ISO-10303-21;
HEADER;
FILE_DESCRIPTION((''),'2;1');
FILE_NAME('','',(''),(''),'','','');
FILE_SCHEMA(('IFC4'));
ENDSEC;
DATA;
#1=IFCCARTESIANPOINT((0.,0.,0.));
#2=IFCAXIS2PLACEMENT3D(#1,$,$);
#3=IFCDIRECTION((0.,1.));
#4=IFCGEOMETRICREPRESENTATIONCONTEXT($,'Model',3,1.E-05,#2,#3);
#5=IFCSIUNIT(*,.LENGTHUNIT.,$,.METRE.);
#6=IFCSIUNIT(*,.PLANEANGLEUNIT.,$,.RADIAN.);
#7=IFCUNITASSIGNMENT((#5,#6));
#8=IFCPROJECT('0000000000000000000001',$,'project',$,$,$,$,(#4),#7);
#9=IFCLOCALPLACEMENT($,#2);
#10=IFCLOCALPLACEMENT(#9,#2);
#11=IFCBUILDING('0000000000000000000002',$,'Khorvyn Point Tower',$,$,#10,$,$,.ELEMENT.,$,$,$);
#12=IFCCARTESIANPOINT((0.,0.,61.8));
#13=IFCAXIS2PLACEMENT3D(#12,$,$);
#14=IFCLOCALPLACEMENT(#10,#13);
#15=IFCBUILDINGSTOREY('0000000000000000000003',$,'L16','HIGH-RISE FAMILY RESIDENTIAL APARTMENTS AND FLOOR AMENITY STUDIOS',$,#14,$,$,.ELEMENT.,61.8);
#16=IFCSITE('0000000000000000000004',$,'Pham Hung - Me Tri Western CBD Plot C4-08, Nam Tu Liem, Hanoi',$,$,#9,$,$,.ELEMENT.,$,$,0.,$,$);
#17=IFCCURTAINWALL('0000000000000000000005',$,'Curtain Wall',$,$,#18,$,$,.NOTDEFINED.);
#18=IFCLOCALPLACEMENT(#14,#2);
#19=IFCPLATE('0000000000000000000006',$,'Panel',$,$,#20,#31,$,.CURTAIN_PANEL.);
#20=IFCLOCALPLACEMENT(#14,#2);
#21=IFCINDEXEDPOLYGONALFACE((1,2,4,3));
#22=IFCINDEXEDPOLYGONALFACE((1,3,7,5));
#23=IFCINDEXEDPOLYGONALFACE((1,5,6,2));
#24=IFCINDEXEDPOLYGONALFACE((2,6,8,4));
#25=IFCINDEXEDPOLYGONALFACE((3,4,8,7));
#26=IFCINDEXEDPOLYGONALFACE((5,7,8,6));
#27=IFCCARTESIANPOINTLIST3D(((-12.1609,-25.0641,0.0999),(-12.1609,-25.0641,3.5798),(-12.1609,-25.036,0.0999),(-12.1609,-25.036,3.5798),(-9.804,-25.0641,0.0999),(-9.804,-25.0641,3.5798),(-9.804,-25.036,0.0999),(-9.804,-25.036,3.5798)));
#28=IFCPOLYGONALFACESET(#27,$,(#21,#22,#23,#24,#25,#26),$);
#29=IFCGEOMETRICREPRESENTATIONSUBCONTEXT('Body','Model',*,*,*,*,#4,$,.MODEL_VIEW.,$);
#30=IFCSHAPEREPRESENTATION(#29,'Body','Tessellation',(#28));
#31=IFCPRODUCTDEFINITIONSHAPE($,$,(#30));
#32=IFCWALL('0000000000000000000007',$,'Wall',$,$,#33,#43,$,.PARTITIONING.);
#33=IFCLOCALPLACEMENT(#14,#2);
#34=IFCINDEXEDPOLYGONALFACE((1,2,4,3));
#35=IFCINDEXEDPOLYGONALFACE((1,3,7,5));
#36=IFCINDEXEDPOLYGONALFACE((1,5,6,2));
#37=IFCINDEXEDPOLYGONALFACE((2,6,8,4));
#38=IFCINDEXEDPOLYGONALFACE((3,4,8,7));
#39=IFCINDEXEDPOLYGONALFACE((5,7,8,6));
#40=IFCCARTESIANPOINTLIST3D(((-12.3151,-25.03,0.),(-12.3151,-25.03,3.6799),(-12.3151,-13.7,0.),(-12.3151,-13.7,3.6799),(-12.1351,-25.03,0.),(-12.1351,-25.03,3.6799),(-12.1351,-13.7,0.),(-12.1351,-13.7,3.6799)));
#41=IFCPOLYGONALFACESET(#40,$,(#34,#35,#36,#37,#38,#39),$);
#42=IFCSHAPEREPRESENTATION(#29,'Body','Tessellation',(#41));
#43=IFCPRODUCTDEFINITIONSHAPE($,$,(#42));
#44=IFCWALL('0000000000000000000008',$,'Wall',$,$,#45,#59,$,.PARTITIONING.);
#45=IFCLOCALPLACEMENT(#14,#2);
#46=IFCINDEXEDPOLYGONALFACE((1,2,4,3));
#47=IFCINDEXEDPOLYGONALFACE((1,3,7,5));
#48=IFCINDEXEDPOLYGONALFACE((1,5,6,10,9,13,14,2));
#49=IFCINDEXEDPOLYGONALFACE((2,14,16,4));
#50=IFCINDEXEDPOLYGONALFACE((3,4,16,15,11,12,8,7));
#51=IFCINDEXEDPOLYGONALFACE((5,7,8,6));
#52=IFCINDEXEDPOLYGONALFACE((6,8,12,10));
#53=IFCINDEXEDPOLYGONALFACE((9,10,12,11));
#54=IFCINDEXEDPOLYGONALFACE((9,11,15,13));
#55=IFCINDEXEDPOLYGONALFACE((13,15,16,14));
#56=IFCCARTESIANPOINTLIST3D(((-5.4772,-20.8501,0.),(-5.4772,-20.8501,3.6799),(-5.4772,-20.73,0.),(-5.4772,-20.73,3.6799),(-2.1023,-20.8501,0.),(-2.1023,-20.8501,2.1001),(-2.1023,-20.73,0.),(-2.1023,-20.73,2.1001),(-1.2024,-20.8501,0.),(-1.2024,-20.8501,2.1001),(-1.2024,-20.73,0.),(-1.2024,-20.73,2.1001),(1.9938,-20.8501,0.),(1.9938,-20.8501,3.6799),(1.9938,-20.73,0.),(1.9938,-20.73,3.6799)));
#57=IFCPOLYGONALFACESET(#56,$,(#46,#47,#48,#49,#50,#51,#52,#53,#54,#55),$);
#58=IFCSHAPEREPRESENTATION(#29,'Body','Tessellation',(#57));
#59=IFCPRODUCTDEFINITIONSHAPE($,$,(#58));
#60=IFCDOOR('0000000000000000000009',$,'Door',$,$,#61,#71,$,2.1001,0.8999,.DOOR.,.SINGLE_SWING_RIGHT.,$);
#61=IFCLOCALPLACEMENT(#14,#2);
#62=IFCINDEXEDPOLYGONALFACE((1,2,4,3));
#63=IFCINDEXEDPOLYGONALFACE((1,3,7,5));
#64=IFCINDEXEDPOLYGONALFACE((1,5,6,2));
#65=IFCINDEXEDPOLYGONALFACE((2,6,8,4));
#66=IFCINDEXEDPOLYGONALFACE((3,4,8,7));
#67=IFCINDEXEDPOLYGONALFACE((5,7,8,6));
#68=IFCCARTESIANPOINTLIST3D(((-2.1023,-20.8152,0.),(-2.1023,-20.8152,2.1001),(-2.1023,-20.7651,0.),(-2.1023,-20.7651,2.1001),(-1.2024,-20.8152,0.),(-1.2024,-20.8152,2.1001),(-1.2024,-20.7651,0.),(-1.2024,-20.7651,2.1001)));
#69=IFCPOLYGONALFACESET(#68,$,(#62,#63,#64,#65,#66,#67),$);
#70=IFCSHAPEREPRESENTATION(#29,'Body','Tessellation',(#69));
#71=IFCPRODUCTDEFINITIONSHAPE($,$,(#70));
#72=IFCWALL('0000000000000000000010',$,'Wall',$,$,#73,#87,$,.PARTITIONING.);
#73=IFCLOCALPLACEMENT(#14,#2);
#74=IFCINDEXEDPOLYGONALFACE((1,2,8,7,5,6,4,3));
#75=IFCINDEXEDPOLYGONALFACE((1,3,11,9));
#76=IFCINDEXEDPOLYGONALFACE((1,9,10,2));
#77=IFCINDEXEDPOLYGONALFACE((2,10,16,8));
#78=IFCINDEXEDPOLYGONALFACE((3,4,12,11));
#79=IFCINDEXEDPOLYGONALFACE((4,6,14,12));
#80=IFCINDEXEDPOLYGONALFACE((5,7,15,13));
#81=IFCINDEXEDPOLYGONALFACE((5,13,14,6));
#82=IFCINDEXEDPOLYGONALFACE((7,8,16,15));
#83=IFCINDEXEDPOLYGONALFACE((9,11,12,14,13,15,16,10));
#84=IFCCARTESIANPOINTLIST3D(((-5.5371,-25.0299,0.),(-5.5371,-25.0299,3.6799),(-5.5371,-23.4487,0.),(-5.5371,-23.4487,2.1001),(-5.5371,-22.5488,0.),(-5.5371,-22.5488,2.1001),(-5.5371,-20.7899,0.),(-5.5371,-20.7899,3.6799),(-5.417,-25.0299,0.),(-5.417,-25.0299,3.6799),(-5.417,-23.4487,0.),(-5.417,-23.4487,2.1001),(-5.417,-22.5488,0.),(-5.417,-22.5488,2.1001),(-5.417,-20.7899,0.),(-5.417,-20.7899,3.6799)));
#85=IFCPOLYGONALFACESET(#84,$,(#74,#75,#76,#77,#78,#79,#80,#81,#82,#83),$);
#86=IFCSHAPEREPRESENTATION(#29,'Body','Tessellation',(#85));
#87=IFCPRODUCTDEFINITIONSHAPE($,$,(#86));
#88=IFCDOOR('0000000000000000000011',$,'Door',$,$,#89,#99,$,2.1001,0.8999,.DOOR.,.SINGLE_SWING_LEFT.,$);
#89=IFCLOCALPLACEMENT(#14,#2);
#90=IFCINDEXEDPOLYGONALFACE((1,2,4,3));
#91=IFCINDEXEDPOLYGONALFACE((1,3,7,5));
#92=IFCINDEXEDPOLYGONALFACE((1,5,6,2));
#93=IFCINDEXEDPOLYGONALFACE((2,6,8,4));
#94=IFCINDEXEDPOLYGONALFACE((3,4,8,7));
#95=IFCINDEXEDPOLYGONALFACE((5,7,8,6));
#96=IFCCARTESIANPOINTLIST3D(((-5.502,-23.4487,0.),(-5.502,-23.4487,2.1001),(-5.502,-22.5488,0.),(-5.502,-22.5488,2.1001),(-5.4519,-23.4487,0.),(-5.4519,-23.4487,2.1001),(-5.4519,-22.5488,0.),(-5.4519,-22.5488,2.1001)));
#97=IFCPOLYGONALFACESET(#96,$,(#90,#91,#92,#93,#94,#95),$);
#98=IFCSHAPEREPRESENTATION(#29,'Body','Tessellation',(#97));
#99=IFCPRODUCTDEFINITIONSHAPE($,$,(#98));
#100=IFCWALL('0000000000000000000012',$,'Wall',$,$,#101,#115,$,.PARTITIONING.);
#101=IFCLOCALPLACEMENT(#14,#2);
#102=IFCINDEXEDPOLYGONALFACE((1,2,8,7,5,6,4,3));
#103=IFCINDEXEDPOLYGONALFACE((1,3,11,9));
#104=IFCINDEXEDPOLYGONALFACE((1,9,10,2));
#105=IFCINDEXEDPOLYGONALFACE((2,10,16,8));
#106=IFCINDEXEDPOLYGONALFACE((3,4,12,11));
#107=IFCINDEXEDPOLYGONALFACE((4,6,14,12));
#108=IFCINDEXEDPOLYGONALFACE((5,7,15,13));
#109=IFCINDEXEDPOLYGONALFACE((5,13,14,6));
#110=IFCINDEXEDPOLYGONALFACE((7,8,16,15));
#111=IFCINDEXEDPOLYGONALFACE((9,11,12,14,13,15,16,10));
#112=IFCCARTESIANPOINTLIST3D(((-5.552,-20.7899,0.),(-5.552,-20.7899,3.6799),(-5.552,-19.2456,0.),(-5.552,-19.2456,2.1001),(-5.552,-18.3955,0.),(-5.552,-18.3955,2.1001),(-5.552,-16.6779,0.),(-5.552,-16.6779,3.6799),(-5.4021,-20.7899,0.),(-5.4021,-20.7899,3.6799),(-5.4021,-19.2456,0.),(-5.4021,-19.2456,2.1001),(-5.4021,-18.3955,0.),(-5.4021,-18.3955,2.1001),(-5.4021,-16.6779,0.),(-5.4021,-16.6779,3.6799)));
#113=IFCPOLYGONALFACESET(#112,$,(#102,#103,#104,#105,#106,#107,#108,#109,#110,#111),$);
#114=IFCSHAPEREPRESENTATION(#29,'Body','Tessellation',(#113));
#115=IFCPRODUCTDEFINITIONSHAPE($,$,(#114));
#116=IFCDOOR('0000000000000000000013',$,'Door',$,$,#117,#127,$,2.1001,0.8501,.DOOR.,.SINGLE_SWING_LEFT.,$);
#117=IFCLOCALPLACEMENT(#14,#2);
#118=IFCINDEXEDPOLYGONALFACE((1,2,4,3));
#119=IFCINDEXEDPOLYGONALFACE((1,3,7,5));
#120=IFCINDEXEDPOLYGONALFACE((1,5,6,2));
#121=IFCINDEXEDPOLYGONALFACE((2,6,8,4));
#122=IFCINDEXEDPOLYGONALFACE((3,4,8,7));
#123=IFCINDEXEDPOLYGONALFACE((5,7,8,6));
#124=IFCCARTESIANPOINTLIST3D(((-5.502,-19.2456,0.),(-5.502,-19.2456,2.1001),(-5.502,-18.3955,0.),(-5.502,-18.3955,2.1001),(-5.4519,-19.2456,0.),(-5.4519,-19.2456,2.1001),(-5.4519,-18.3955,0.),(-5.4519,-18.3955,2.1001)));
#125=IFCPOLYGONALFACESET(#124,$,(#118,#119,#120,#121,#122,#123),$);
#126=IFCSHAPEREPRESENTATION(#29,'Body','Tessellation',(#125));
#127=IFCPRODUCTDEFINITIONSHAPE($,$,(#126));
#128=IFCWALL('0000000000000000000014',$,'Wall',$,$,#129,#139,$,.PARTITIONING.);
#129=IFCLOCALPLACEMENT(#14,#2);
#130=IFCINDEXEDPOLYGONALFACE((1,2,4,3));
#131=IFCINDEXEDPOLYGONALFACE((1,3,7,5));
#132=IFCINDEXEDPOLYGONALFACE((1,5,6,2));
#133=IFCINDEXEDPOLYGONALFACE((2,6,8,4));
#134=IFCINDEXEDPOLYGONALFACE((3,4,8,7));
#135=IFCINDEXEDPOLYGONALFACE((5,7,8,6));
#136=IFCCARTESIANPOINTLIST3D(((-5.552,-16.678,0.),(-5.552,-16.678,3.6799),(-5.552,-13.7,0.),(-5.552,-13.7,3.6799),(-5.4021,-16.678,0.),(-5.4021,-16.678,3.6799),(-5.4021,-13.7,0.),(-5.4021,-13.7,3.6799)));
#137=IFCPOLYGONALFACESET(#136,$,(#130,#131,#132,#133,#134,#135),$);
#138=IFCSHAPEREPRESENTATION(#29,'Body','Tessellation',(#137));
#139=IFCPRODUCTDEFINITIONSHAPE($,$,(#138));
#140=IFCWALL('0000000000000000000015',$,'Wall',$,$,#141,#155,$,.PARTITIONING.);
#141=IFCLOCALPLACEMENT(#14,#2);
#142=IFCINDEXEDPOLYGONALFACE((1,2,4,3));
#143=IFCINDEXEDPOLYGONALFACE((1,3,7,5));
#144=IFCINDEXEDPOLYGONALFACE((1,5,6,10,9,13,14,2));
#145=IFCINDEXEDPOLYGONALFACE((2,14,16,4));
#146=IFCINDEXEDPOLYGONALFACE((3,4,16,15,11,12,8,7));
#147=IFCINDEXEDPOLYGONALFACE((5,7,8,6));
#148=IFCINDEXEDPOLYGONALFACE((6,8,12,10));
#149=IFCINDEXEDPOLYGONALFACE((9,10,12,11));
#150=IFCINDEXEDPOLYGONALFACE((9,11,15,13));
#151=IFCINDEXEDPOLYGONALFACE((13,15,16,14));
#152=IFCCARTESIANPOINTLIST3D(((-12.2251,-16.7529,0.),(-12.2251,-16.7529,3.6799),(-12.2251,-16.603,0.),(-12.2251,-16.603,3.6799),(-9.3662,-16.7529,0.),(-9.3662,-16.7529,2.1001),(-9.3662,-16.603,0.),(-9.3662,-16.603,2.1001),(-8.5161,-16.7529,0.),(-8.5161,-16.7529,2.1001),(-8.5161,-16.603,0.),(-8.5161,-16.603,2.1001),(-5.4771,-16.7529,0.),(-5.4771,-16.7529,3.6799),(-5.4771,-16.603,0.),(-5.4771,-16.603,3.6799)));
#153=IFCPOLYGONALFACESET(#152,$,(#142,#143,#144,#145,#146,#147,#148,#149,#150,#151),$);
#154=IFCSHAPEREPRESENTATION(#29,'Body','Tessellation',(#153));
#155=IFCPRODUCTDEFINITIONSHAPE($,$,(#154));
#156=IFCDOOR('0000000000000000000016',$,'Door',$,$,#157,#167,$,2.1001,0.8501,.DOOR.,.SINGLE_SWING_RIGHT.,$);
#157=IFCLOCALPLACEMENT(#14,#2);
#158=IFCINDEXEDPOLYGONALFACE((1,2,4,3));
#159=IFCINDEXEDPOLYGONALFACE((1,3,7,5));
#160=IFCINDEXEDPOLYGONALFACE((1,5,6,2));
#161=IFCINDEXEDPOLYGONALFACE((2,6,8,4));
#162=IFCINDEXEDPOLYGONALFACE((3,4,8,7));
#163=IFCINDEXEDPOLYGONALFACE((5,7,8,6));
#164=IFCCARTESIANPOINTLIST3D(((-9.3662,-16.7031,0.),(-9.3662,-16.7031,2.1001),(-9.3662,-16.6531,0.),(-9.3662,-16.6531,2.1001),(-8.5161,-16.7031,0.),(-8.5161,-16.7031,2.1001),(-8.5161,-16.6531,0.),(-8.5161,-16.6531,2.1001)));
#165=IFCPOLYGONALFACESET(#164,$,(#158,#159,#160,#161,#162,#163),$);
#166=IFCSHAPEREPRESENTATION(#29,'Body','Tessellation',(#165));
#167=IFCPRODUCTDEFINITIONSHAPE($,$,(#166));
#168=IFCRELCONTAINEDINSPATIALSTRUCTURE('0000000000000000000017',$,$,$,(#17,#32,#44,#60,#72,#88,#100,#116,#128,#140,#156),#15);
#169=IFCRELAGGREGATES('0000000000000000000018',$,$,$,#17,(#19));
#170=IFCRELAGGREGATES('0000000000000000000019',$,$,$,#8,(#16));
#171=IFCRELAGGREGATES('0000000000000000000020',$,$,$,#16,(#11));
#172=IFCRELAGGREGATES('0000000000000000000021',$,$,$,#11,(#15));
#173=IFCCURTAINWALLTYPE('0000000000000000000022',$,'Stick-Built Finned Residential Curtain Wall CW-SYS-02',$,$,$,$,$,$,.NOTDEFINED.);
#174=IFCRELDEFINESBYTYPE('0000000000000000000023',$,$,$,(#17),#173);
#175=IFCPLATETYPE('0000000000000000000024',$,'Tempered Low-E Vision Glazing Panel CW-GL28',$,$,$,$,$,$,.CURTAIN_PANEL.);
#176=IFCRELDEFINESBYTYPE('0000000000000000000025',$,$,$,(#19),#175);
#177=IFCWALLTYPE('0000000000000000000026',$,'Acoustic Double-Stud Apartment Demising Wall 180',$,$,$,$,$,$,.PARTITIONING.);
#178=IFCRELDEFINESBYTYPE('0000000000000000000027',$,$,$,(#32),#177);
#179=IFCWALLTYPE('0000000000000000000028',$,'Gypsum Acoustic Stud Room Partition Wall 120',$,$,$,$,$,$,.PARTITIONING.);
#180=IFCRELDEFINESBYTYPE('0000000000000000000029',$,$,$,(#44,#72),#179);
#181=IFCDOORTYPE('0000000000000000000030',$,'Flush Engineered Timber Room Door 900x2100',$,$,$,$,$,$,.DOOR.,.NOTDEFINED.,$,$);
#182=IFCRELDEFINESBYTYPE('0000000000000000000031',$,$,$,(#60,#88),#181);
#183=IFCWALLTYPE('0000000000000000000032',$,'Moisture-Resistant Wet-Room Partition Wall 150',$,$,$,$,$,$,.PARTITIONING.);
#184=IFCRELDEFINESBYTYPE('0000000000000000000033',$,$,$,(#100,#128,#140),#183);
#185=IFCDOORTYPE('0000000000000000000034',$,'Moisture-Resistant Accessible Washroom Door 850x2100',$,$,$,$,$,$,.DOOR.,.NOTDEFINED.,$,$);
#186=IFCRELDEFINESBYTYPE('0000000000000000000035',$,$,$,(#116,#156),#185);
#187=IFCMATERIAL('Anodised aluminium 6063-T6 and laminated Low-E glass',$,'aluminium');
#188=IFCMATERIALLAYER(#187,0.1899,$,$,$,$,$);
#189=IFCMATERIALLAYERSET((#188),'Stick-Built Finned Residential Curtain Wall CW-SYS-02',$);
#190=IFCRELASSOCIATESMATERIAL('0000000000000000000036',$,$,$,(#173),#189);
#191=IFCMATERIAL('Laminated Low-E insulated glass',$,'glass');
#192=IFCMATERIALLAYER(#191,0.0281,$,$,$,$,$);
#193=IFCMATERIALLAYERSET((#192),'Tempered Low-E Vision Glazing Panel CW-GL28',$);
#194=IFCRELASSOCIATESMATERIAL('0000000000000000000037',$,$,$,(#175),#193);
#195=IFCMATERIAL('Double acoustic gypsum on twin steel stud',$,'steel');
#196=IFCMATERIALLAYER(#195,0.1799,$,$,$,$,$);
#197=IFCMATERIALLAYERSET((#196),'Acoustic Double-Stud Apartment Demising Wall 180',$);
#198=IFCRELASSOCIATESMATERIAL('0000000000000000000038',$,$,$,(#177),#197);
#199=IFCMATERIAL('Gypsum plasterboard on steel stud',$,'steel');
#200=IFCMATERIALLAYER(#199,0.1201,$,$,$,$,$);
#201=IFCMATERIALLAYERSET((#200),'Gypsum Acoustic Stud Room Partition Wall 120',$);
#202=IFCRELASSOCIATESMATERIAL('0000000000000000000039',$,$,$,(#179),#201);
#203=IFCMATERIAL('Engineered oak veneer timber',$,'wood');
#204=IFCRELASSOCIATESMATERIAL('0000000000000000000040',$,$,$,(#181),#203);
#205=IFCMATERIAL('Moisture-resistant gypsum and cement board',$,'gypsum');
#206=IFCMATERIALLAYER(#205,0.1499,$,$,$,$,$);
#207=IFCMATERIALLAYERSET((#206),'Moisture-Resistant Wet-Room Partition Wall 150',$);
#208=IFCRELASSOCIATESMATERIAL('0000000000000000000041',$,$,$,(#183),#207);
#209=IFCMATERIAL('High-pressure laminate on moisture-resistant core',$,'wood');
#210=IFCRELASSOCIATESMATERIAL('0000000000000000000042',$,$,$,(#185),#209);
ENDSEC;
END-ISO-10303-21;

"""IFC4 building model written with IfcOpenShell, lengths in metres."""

from ifc_helpers import new_model, si_unit, direction, frame, frame_2d, origin, origin_2d, place, context, subcontext, project, spatial, rectangle, extrude, material, layer, layer_set, type_object, element, fill, aggregate, save


model = new_model("IFC4")

# Units and contexts
model_context = context("Model", 3, precision=1e-05, world=origin(), true_north=direction((0.0, 1.0)))
body_context = subcontext(model_context, "Body", "Model", "MODEL_VIEW")
ifc_project = project(units=[si_unit("LENGTHUNIT", "METRE"), si_unit("PLANEANGLEUNIT", "RADIAN")], contexts=[model_context])

# Site, building, storey
site_placement = place(None, origin())
site = spatial("IfcSite", under=ifc_project, at=site_placement, Name="Pham Hung - Me Tri Western CBD Plot C4-08, Nam Tu Liem, Hanoi", CompositionType="ELEMENT", RefElevation=0.0)
building_placement = place(site_placement, origin())
building = spatial("IfcBuilding", under=site, at=building_placement, Name="Khorvyn Point Tower", CompositionType="ELEMENT")
storey_placement = place(building_placement, frame((0.0, 0.0, 61.8)))
storey = spatial("IfcBuildingStorey", under=building, at=storey_placement, Name="L16", Description="HIGH-RISE FAMILY RESIDENTIAL APARTMENTS AND FLOOR AMENITY STUDIOS", CompositionType="ELEMENT", Elevation=61.8)

# Curtain wall
ifc_material_1 = material(Name="Anodised aluminium 6063-T6 and laminated Low-E glass", Category="aluminium")
ifc_layer_1 = layer(ifc_material_1, 0.1899)
ifc_layer_set_1 = layer_set([ifc_layer_1], Name="Stick-Built Finned Residential Curtain Wall CW-SYS-02")
curtain_wall_type = type_object("IfcCurtainWallType", Name="Stick-Built Finned Residential Curtain Wall CW-SYS-02", PredefinedType="NOTDEFINED", material=ifc_layer_set_1)
curtain_wall_placement = place(storey_placement, origin())
curtain_wall = element("IfcCurtainWall", 1, at=curtain_wall_placement, inside=storey, type_object=curtain_wall_type, Name="Curtain Wall", PredefinedType="NOTDEFINED")

# Plate
ifc_material_2 = material(Name="Laminated Low-E insulated glass", Category="glass")
ifc_layer_2 = layer(ifc_material_2, 0.0281)
ifc_layer_set_2 = layer_set([ifc_layer_2], Name="Tempered Low-E Vision Glazing Panel CW-GL28")
plate_type = type_object("IfcPlateType", Name="Tempered Low-E Vision Glazing Panel CW-GL28", PredefinedType="CURTAIN_PANEL", material=ifc_layer_set_2)
plate_1_placement = place(storey_placement, frame((-10.9824, -25.05, 0.0999), z_axis=(0.0, 0.0, 1.0), x_axis=(-1.0, 0.0, 0.0)))
plate_1 = element("IfcPlate", 2, at=plate_1_placement, type_object=plate_type, Name="Panel", PredefinedType="CURTAIN_PANEL", context=body_context, shape_type="SweptSolid", body=[
    extrude(rectangle(XDim=2.3569, YDim=0.0281, at=origin_2d()), origin(), (0.0, 0.0, 1.0), 3.48),
])
aggregate(curtain_wall, [plate_1])

# Wall
ifc_material_3 = material(Name="Double acoustic gypsum on twin steel stud", Category="steel")
ifc_layer_3 = layer(ifc_material_3, 0.1799)
ifc_layer_set_3 = layer_set([ifc_layer_3], Name="Acoustic Double-Stud Apartment Demising Wall 180")
wall_type_1 = type_object("IfcWallType", Name="Acoustic Double-Stud Apartment Demising Wall 180", PredefinedType="PARTITIONING", material=ifc_layer_set_3)
wall_1_placement = place(storey_placement, frame((-12.2251, -25.03, 0.0), z_axis=(0.0, 0.0, 1.0), x_axis=(0.0, 1.0, 0.0)))
element("IfcWall", 3, at=wall_1_placement, inside=storey, type_object=wall_type_1, Name="Wall", PredefinedType="PARTITIONING", context=body_context, shape_type="SweptSolid", body=[
    extrude(rectangle(XDim=11.3301, YDim=0.1799, at=frame_2d((5.665, 0.0))), origin(), (0.0, 0.0, 1.0), 3.6799),
])

# Walls, openings, doors
ifc_material_4 = material(Name="Gypsum plasterboard on steel stud", Category="steel")
ifc_layer_4 = layer(ifc_material_4, 0.1201)
ifc_layer_set_4 = layer_set([ifc_layer_4], Name="Gypsum Acoustic Stud Room Partition Wall 120")
wall_type_2 = type_object("IfcWallType", Name="Gypsum Acoustic Stud Room Partition Wall 120", PredefinedType="PARTITIONING", material=ifc_layer_set_4)
wall_2_placement = place(storey_placement, frame((-5.4771, -20.79, 0.0), z_axis=(0.0, 0.0, 1.0), x_axis=(1.0, 0.0, 0.0)))
wall_2 = element("IfcWall", 4, at=wall_2_placement, inside=storey, type_object=wall_type_2, Name="Wall", PredefinedType="PARTITIONING", context=body_context, shape_type="SweptSolid", body=[
    extrude(rectangle(XDim=7.4709, YDim=0.1201, at=frame_2d((3.7354, 0.0))), origin(), (0.0, 0.0, 1.0), 3.6799),
])
opening_1_placement = place(wall_2_placement, frame((3.3748, 0.0, 0.0)))
opening_1 = element("IfcOpeningElement", 5, at=opening_1_placement, cuts=wall_2, PredefinedType="OPENING", context=body_context, shape_type="SweptSolid", body=[
    extrude(rectangle(XDim=0.8999, YDim=2.1001, at=frame_2d((0.45, 1.05))), frame((0.0, 0.0701, 0.0), z_axis=(0.0, -1.0, 0.0), x_axis=(1.0, 0.0, 0.0)), (0.0, 0.0, 1.0), 0.1401),
])
ifc_material_5 = material(Name="Engineered oak veneer timber", Category="wood")
door_type_1 = type_object("IfcDoorType", Name="Flush Engineered Timber Room Door 900x2100", OperationType="NOTDEFINED", PredefinedType="DOOR", material=ifc_material_5)
door_1_placement = place(opening_1_placement, origin())
door_1 = element("IfcDoor", 6, at=door_1_placement, inside=storey, type_object=door_type_1, Name="Door", OperationType="SINGLE_SWING_RIGHT", OverallHeight=2.1001, OverallWidth=0.8999, PredefinedType="DOOR", context=body_context, shape_type="SweptSolid", body=[
    extrude(rectangle(XDim=0.8999, YDim=2.1001, at=frame_2d((0.45, 1.05))), frame((0.0, 0.0249, 0.0), z_axis=(0.0, -1.0, 0.0), x_axis=(1.0, 0.0, 0.0)), (0.0, 0.0, 1.0), 0.05),
])
fill(opening_1, door_1)
wall_3_placement = place(storey_placement, frame((-5.4771, -25.03, 0.0), z_axis=(0.0, 0.0, 1.0), x_axis=(0.0, 1.0, 0.0)))
wall_3 = element("IfcWall", 7, at=wall_3_placement, inside=storey, type_object=wall_type_2, Name="Wall", PredefinedType="PARTITIONING", context=body_context, shape_type="SweptSolid", body=[
    extrude(rectangle(XDim=4.24, YDim=0.1201, at=frame_2d((2.1201, 0.0))), origin(), (0.0, 0.0, 1.0), 3.6799),
])
opening_2_placement = place(wall_3_placement, frame((1.5813, 0.0, 0.0)))
opening_2 = element("IfcOpeningElement", 8, at=opening_2_placement, cuts=wall_3, PredefinedType="OPENING", context=body_context, shape_type="SweptSolid", body=[
    extrude(rectangle(XDim=0.8999, YDim=2.1001, at=frame_2d((0.45, 1.05))), frame((0.0, 0.0701, 0.0), z_axis=(0.0, -1.0, 0.0), x_axis=(1.0, 0.0, 0.0)), (0.0, 0.0, 1.0), 0.1401),
])
door_2_placement = place(opening_2_placement, origin())
door_2 = element("IfcDoor", 9, at=door_2_placement, inside=storey, type_object=door_type_1, Name="Door", OperationType="SINGLE_SWING_LEFT", OverallHeight=2.1001, OverallWidth=0.8999, PredefinedType="DOOR", context=body_context, shape_type="SweptSolid", body=[
    extrude(rectangle(XDim=0.8999, YDim=2.1001, at=frame_2d((0.45, 1.05))), frame((0.0, 0.0249, 0.0), z_axis=(0.0, -1.0, 0.0), x_axis=(1.0, 0.0, 0.0)), (0.0, 0.0, 1.0), 0.05),
])
fill(opening_2, door_2)
ifc_material_6 = material(Name="Moisture-resistant gypsum and cement board", Category="gypsum")
ifc_layer_5 = layer(ifc_material_6, 0.1499)
ifc_layer_set_5 = layer_set([ifc_layer_5], Name="Moisture-Resistant Wet-Room Partition Wall 150")
wall_type_3 = type_object("IfcWallType", Name="Moisture-Resistant Wet-Room Partition Wall 150", PredefinedType="PARTITIONING", material=ifc_layer_set_5)
wall_4_placement = place(storey_placement, frame((-5.4771, -20.79, 0.0), z_axis=(0.0, 0.0, 1.0), x_axis=(0.0, 1.0, 0.0)))
wall_4 = element("IfcWall", 10, at=wall_4_placement, inside=storey, type_object=wall_type_3, Name="Wall", PredefinedType="PARTITIONING", context=body_context, shape_type="SweptSolid", body=[
    extrude(rectangle(XDim=4.1121, YDim=0.1499, at=frame_2d((2.0562, 0.0))), origin(), (0.0, 0.0, 1.0), 3.6799),
])
opening_3_placement = place(wall_4_placement, frame((1.5444, 0.0, 0.0)))
opening_3 = element("IfcOpeningElement", 11, at=opening_3_placement, cuts=wall_4, PredefinedType="OPENING", context=body_context, shape_type="SweptSolid", body=[
    extrude(rectangle(XDim=0.8501, YDim=2.1001, at=frame_2d((0.425, 1.05))), frame((0.0, 0.085, 0.0), z_axis=(0.0, -1.0, 0.0), x_axis=(1.0, 0.0, 0.0)), (0.0, 0.0, 1.0), 0.1699),
])
ifc_material_7 = material(Name="High-pressure laminate on moisture-resistant core", Category="wood")
door_type_2 = type_object("IfcDoorType", Name="Moisture-Resistant Accessible Washroom Door 850x2100", OperationType="NOTDEFINED", PredefinedType="DOOR", material=ifc_material_7)
door_3_placement = place(opening_3_placement, origin())
door_3 = element("IfcDoor", 12, at=door_3_placement, inside=storey, type_object=door_type_2, Name="Door", OperationType="SINGLE_SWING_LEFT", OverallHeight=2.1001, OverallWidth=0.8501, PredefinedType="DOOR", context=body_context, shape_type="SweptSolid", body=[
    extrude(rectangle(XDim=0.8501, YDim=2.1001, at=frame_2d((0.425, 1.05))), frame((0.0, 0.0249, 0.0), z_axis=(0.0, -1.0, 0.0), x_axis=(1.0, 0.0, 0.0)), (0.0, 0.0, 1.0), 0.05),
])
fill(opening_3, door_3)

# Wall
wall_5_placement = place(storey_placement, frame((-5.4771, -16.678, 0.0), z_axis=(0.0, 0.0, 1.0), x_axis=(0.0, 1.0, 0.0)))
element("IfcWall", 13, at=wall_5_placement, inside=storey, type_object=wall_type_3, Name="Wall", PredefinedType="PARTITIONING", context=body_context, shape_type="SweptSolid", body=[
    extrude(rectangle(XDim=2.978, YDim=0.1499, at=frame_2d((1.489, 0.0))), origin(), (0.0, 0.0, 1.0), 3.6799),
])

# Wall, opening, door
wall_6_placement = place(storey_placement, frame((-12.2251, -16.678, 0.0), z_axis=(0.0, 0.0, 1.0), x_axis=(1.0, 0.0, 0.0)))
wall_6 = element("IfcWall", 14, at=wall_6_placement, inside=storey, type_object=wall_type_3, Name="Wall", PredefinedType="PARTITIONING", context=body_context, shape_type="SweptSolid", body=[
    extrude(rectangle(XDim=6.748, YDim=0.1499, at=frame_2d((3.374, 0.0))), origin(), (0.0, 0.0, 1.0), 3.6799),
])
opening_4_placement = place(wall_6_placement, frame((2.8589, 0.0, 0.0)))
opening_4 = element("IfcOpeningElement", 15, at=opening_4_placement, cuts=wall_6, PredefinedType="OPENING", context=body_context, shape_type="SweptSolid", body=[
    extrude(rectangle(XDim=0.8501, YDim=2.1001, at=frame_2d((0.425, 1.05))), frame((0.0, 0.085, 0.0), z_axis=(0.0, -1.0, 0.0), x_axis=(1.0, 0.0, 0.0)), (0.0, 0.0, 1.0), 0.1699),
])
door_4_placement = place(opening_4_placement, origin())
door_4 = element("IfcDoor", 16, at=door_4_placement, inside=storey, type_object=door_type_2, Name="Door", OperationType="SINGLE_SWING_RIGHT", OverallHeight=2.1001, OverallWidth=0.8501, PredefinedType="DOOR", context=body_context, shape_type="SweptSolid", body=[
    extrude(rectangle(XDim=0.8501, YDim=2.1001, at=frame_2d((0.425, 1.05))), frame((0.0, 0.0249, 0.0), z_axis=(0.0, -1.0, 0.0), x_axis=(1.0, 0.0, 0.0)), (0.0, 0.0, 1.0), 0.05),
])
fill(opening_4, door_4)

save(model, "model.ifc")
